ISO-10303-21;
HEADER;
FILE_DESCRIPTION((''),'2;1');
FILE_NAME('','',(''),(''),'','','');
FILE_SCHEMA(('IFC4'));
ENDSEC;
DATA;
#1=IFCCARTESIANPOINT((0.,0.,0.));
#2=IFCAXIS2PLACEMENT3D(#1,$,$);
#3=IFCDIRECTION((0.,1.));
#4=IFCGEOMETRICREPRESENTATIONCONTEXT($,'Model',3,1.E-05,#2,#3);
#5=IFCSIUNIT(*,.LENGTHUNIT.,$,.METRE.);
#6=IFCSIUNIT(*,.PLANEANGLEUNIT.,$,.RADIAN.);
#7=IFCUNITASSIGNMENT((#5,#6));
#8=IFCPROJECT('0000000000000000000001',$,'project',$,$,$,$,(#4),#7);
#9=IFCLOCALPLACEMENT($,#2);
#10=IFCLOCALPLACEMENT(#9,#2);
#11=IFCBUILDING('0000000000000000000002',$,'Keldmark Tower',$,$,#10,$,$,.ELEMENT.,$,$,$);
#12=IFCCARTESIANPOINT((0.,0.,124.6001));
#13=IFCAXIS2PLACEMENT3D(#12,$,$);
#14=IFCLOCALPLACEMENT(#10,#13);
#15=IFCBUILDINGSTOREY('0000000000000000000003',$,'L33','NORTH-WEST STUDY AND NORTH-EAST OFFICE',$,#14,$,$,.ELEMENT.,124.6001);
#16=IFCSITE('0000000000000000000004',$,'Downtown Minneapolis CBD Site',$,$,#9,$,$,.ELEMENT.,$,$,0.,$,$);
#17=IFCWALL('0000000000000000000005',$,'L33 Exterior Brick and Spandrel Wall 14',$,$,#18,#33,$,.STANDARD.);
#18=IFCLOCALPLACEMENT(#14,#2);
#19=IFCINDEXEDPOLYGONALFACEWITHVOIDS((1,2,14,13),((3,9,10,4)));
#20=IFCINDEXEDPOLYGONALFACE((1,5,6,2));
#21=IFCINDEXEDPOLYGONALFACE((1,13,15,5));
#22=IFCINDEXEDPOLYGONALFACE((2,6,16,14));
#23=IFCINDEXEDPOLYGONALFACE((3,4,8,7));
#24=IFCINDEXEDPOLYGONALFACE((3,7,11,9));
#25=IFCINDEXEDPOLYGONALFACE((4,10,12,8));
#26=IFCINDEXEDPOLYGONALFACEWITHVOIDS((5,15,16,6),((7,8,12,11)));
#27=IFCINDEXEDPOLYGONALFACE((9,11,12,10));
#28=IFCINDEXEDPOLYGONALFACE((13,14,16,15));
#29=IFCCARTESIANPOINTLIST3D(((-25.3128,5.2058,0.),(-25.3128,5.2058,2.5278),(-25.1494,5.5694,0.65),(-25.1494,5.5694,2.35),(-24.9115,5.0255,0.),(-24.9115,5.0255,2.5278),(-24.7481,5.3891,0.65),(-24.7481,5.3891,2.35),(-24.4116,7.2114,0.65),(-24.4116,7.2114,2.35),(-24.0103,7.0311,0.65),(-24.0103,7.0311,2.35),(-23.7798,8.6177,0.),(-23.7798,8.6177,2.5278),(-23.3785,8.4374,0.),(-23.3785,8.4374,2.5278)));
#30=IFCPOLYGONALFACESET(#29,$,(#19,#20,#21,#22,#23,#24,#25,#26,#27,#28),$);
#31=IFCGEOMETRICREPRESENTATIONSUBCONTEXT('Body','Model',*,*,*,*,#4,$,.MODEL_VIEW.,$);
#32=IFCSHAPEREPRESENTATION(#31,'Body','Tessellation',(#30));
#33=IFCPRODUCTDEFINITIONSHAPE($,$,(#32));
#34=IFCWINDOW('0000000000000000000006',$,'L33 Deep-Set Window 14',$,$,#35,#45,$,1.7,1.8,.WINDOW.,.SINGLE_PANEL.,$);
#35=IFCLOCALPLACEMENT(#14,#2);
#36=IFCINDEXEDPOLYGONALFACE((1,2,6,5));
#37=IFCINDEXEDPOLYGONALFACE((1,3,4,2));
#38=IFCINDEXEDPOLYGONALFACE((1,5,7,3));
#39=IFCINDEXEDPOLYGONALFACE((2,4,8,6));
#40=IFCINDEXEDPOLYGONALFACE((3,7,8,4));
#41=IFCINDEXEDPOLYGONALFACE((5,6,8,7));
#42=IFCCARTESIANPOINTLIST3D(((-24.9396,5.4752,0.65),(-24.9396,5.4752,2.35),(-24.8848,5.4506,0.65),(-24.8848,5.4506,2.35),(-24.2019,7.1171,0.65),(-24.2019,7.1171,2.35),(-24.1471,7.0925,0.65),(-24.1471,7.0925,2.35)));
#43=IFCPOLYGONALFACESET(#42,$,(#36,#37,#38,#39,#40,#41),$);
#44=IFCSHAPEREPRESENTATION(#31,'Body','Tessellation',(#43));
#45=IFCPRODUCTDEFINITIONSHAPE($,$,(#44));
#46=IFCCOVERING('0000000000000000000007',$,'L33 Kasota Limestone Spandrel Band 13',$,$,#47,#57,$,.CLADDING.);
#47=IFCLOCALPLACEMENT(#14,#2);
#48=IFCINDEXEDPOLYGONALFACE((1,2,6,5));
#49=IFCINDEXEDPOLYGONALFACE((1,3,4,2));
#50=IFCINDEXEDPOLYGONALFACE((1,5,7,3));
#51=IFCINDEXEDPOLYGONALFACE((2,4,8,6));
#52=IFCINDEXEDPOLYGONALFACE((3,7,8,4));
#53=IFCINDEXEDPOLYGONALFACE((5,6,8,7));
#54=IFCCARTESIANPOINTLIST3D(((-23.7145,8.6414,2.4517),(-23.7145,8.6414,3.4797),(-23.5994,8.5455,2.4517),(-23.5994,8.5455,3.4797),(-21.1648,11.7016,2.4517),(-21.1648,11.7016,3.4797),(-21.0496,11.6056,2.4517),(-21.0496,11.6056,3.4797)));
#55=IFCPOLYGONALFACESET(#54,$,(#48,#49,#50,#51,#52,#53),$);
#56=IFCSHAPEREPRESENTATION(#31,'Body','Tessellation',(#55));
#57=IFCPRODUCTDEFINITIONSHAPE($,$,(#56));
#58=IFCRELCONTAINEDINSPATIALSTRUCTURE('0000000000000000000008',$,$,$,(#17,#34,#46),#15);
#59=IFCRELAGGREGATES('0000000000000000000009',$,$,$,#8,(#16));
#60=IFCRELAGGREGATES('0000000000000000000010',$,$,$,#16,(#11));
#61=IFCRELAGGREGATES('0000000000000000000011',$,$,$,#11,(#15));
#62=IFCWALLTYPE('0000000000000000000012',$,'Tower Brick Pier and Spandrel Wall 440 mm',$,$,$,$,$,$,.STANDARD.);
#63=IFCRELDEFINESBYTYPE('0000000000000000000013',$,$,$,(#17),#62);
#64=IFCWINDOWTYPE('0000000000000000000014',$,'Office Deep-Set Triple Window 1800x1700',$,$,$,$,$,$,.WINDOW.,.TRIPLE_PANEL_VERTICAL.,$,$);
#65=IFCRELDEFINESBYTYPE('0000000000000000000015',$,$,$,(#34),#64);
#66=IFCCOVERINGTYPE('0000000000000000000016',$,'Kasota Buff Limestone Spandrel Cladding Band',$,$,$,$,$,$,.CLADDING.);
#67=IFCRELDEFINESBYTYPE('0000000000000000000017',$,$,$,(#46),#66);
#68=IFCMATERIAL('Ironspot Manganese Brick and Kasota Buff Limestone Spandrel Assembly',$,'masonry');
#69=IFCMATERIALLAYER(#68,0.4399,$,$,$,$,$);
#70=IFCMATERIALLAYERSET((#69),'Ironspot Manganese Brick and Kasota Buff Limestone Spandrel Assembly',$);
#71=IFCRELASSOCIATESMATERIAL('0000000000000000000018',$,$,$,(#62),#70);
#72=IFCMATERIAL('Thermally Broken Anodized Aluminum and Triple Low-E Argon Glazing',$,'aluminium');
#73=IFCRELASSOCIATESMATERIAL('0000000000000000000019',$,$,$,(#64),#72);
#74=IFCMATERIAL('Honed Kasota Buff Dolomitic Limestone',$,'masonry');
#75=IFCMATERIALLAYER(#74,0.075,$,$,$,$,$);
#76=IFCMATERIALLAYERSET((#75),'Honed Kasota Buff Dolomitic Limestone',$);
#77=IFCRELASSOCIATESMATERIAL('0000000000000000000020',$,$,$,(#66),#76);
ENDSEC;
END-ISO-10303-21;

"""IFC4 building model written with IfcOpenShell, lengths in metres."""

from ifc_helpers import new_model, si_unit, direction, frame, frame_2d, origin, origin_2d, place, context, subcontext, project, spatial, rectangle, extrude, material, layer, layer_set, type_object, element, fill, save


model = new_model("IFC4")

# Units and contexts
model_context = context("Model", 3, precision=1e-05, world=origin(), true_north=direction((0.0, 1.0)))
body_context = subcontext(model_context, "Body", "Model", "MODEL_VIEW")
ifc_project = project(units=[si_unit("LENGTHUNIT", "METRE"), si_unit("PLANEANGLEUNIT", "RADIAN")], contexts=[model_context])

# Site, building, storey
site_placement = place(None, origin())
site = spatial("IfcSite", under=ifc_project, at=site_placement, Name="Downtown Minneapolis CBD Site", CompositionType="ELEMENT", RefElevation=0.0)
building_placement = place(site_placement, origin())
building = spatial("IfcBuilding", under=site, at=building_placement, Name="Keldmark Tower", CompositionType="ELEMENT")
storey_placement = place(building_placement, frame((0.0, 0.0, 124.6001)))
storey = spatial("IfcBuildingStorey", under=building, at=storey_placement, Name="L33", Description="NORTH-WEST STUDY AND NORTH-EAST OFFICE", CompositionType="ELEMENT", Elevation=124.6001)

# Wall, opening, window
ifc_material_1 = material(Name="Ironspot Manganese Brick and Kasota Buff Limestone Spandrel Assembly", Category="masonry")
ifc_layer_1 = layer(ifc_material_1, 0.4399)
ifc_layer_set_1 = layer_set([ifc_layer_1], Name="Ironspot Manganese Brick and Kasota Buff Limestone Spandrel Assembly")
wall_type_1 = type_object("IfcWallType", Name="Tower Brick Pier and Spandrel Wall 440 mm", PredefinedType="STANDARD", material=ifc_layer_set_1)
ifc_material_2 = material(Name="Thermally Broken Anodized Aluminum and Triple Low-E Argon Glazing", Category="aluminium")
window_type = type_object("IfcWindowType", Name="Office Deep-Set Triple Window 1800x1700", PartitioningType="TRIPLE_PANEL_VERTICAL", PredefinedType="WINDOW", material=ifc_material_2)
wall_1_placement = place(storey_placement, frame((-25.1121, 5.1157, 0.0), z_axis=(0.0, 0.0, 1.0), x_axis=(0.409835, 0.91216, 0.0)))
wall_1 = element("IfcWall", 1, at=wall_1_placement, inside=storey, type_object=wall_type_1, Name="L33 Exterior Brick and Spandrel Wall 14", PredefinedType="STANDARD", context=body_context, shape_type="SweptSolid", body=[
    extrude(rectangle(XDim=3.7405, YDim=0.4399, at=frame_2d((1.8701, 0.0))), origin(), (0.0, 0.0, 1.0), 2.5278),
])
opening_1_placement = place(wall_1_placement, frame((0.3987, 0.0, 0.6499)))
opening_1 = element("IfcOpeningElement", 2, at=opening_1_placement, cuts=wall_1, PredefinedType="OPENING", context=body_context, shape_type="SweptSolid", body=[
    extrude(rectangle(XDim=1.8, YDim=1.7, at=frame_2d((0.8999, 0.8501))), frame((0.0, 0.23, 0.0), z_axis=(0.0, -1.0, 0.0), x_axis=(1.0, 0.0, 0.0)), (0.0, 0.0, 1.0), 0.46),
])
window_1_placement = place(opening_1_placement, origin())
window_1 = element("IfcWindow", 3, at=window_1_placement, inside=storey, type_object=window_type, Name="L33 Deep-Set Window 14", OverallHeight=1.7, OverallWidth=1.8, PartitioningType="SINGLE_PANEL", PredefinedType="WINDOW", context=body_context, shape_type="SweptSolid", body=[
    extrude(rectangle(XDim=1.8, YDim=1.7, at=frame_2d((0.8999, 0.8501))), frame((0.0, -0.01, 0.0), z_axis=(0.0, -1.0, 0.0), x_axis=(1.0, 0.0, 0.0)), (0.0, 0.0, 1.0), 0.0601),
])
fill(opening_1, window_1)

# Covering
ifc_material_3 = material(Name="Honed Kasota Buff Dolomitic Limestone", Category="masonry")
ifc_layer_2 = layer(ifc_material_3, 0.075)
ifc_layer_set_2 = layer_set([ifc_layer_2], Name="Honed Kasota Buff Dolomitic Limestone")
covering_type = type_object("IfcCoveringType", Name="Kasota Buff Limestone Spandrel Cladding Band", PredefinedType="CLADDING", material=ifc_layer_set_2)
covering_placement = place(storey_placement, frame((-22.3821, 10.1235, 2.4517), z_axis=(0.0, 0.0, 1.0), x_axis=(-0.640123, -0.768272, 0.0)))
element("IfcCovering", 4, at=covering_placement, inside=storey, type_object=covering_type, Name="L33 Kasota Limestone Spandrel Band 13", PredefinedType="CLADDING", context=body_context, shape_type="SweptSolid", body=[
    extrude(rectangle(XDim=3.9832, YDim=0.1499, at=origin_2d()), origin(), (0.0, 0.0, 1.0), 1.0281),
])

save(model, "model.ifc")
